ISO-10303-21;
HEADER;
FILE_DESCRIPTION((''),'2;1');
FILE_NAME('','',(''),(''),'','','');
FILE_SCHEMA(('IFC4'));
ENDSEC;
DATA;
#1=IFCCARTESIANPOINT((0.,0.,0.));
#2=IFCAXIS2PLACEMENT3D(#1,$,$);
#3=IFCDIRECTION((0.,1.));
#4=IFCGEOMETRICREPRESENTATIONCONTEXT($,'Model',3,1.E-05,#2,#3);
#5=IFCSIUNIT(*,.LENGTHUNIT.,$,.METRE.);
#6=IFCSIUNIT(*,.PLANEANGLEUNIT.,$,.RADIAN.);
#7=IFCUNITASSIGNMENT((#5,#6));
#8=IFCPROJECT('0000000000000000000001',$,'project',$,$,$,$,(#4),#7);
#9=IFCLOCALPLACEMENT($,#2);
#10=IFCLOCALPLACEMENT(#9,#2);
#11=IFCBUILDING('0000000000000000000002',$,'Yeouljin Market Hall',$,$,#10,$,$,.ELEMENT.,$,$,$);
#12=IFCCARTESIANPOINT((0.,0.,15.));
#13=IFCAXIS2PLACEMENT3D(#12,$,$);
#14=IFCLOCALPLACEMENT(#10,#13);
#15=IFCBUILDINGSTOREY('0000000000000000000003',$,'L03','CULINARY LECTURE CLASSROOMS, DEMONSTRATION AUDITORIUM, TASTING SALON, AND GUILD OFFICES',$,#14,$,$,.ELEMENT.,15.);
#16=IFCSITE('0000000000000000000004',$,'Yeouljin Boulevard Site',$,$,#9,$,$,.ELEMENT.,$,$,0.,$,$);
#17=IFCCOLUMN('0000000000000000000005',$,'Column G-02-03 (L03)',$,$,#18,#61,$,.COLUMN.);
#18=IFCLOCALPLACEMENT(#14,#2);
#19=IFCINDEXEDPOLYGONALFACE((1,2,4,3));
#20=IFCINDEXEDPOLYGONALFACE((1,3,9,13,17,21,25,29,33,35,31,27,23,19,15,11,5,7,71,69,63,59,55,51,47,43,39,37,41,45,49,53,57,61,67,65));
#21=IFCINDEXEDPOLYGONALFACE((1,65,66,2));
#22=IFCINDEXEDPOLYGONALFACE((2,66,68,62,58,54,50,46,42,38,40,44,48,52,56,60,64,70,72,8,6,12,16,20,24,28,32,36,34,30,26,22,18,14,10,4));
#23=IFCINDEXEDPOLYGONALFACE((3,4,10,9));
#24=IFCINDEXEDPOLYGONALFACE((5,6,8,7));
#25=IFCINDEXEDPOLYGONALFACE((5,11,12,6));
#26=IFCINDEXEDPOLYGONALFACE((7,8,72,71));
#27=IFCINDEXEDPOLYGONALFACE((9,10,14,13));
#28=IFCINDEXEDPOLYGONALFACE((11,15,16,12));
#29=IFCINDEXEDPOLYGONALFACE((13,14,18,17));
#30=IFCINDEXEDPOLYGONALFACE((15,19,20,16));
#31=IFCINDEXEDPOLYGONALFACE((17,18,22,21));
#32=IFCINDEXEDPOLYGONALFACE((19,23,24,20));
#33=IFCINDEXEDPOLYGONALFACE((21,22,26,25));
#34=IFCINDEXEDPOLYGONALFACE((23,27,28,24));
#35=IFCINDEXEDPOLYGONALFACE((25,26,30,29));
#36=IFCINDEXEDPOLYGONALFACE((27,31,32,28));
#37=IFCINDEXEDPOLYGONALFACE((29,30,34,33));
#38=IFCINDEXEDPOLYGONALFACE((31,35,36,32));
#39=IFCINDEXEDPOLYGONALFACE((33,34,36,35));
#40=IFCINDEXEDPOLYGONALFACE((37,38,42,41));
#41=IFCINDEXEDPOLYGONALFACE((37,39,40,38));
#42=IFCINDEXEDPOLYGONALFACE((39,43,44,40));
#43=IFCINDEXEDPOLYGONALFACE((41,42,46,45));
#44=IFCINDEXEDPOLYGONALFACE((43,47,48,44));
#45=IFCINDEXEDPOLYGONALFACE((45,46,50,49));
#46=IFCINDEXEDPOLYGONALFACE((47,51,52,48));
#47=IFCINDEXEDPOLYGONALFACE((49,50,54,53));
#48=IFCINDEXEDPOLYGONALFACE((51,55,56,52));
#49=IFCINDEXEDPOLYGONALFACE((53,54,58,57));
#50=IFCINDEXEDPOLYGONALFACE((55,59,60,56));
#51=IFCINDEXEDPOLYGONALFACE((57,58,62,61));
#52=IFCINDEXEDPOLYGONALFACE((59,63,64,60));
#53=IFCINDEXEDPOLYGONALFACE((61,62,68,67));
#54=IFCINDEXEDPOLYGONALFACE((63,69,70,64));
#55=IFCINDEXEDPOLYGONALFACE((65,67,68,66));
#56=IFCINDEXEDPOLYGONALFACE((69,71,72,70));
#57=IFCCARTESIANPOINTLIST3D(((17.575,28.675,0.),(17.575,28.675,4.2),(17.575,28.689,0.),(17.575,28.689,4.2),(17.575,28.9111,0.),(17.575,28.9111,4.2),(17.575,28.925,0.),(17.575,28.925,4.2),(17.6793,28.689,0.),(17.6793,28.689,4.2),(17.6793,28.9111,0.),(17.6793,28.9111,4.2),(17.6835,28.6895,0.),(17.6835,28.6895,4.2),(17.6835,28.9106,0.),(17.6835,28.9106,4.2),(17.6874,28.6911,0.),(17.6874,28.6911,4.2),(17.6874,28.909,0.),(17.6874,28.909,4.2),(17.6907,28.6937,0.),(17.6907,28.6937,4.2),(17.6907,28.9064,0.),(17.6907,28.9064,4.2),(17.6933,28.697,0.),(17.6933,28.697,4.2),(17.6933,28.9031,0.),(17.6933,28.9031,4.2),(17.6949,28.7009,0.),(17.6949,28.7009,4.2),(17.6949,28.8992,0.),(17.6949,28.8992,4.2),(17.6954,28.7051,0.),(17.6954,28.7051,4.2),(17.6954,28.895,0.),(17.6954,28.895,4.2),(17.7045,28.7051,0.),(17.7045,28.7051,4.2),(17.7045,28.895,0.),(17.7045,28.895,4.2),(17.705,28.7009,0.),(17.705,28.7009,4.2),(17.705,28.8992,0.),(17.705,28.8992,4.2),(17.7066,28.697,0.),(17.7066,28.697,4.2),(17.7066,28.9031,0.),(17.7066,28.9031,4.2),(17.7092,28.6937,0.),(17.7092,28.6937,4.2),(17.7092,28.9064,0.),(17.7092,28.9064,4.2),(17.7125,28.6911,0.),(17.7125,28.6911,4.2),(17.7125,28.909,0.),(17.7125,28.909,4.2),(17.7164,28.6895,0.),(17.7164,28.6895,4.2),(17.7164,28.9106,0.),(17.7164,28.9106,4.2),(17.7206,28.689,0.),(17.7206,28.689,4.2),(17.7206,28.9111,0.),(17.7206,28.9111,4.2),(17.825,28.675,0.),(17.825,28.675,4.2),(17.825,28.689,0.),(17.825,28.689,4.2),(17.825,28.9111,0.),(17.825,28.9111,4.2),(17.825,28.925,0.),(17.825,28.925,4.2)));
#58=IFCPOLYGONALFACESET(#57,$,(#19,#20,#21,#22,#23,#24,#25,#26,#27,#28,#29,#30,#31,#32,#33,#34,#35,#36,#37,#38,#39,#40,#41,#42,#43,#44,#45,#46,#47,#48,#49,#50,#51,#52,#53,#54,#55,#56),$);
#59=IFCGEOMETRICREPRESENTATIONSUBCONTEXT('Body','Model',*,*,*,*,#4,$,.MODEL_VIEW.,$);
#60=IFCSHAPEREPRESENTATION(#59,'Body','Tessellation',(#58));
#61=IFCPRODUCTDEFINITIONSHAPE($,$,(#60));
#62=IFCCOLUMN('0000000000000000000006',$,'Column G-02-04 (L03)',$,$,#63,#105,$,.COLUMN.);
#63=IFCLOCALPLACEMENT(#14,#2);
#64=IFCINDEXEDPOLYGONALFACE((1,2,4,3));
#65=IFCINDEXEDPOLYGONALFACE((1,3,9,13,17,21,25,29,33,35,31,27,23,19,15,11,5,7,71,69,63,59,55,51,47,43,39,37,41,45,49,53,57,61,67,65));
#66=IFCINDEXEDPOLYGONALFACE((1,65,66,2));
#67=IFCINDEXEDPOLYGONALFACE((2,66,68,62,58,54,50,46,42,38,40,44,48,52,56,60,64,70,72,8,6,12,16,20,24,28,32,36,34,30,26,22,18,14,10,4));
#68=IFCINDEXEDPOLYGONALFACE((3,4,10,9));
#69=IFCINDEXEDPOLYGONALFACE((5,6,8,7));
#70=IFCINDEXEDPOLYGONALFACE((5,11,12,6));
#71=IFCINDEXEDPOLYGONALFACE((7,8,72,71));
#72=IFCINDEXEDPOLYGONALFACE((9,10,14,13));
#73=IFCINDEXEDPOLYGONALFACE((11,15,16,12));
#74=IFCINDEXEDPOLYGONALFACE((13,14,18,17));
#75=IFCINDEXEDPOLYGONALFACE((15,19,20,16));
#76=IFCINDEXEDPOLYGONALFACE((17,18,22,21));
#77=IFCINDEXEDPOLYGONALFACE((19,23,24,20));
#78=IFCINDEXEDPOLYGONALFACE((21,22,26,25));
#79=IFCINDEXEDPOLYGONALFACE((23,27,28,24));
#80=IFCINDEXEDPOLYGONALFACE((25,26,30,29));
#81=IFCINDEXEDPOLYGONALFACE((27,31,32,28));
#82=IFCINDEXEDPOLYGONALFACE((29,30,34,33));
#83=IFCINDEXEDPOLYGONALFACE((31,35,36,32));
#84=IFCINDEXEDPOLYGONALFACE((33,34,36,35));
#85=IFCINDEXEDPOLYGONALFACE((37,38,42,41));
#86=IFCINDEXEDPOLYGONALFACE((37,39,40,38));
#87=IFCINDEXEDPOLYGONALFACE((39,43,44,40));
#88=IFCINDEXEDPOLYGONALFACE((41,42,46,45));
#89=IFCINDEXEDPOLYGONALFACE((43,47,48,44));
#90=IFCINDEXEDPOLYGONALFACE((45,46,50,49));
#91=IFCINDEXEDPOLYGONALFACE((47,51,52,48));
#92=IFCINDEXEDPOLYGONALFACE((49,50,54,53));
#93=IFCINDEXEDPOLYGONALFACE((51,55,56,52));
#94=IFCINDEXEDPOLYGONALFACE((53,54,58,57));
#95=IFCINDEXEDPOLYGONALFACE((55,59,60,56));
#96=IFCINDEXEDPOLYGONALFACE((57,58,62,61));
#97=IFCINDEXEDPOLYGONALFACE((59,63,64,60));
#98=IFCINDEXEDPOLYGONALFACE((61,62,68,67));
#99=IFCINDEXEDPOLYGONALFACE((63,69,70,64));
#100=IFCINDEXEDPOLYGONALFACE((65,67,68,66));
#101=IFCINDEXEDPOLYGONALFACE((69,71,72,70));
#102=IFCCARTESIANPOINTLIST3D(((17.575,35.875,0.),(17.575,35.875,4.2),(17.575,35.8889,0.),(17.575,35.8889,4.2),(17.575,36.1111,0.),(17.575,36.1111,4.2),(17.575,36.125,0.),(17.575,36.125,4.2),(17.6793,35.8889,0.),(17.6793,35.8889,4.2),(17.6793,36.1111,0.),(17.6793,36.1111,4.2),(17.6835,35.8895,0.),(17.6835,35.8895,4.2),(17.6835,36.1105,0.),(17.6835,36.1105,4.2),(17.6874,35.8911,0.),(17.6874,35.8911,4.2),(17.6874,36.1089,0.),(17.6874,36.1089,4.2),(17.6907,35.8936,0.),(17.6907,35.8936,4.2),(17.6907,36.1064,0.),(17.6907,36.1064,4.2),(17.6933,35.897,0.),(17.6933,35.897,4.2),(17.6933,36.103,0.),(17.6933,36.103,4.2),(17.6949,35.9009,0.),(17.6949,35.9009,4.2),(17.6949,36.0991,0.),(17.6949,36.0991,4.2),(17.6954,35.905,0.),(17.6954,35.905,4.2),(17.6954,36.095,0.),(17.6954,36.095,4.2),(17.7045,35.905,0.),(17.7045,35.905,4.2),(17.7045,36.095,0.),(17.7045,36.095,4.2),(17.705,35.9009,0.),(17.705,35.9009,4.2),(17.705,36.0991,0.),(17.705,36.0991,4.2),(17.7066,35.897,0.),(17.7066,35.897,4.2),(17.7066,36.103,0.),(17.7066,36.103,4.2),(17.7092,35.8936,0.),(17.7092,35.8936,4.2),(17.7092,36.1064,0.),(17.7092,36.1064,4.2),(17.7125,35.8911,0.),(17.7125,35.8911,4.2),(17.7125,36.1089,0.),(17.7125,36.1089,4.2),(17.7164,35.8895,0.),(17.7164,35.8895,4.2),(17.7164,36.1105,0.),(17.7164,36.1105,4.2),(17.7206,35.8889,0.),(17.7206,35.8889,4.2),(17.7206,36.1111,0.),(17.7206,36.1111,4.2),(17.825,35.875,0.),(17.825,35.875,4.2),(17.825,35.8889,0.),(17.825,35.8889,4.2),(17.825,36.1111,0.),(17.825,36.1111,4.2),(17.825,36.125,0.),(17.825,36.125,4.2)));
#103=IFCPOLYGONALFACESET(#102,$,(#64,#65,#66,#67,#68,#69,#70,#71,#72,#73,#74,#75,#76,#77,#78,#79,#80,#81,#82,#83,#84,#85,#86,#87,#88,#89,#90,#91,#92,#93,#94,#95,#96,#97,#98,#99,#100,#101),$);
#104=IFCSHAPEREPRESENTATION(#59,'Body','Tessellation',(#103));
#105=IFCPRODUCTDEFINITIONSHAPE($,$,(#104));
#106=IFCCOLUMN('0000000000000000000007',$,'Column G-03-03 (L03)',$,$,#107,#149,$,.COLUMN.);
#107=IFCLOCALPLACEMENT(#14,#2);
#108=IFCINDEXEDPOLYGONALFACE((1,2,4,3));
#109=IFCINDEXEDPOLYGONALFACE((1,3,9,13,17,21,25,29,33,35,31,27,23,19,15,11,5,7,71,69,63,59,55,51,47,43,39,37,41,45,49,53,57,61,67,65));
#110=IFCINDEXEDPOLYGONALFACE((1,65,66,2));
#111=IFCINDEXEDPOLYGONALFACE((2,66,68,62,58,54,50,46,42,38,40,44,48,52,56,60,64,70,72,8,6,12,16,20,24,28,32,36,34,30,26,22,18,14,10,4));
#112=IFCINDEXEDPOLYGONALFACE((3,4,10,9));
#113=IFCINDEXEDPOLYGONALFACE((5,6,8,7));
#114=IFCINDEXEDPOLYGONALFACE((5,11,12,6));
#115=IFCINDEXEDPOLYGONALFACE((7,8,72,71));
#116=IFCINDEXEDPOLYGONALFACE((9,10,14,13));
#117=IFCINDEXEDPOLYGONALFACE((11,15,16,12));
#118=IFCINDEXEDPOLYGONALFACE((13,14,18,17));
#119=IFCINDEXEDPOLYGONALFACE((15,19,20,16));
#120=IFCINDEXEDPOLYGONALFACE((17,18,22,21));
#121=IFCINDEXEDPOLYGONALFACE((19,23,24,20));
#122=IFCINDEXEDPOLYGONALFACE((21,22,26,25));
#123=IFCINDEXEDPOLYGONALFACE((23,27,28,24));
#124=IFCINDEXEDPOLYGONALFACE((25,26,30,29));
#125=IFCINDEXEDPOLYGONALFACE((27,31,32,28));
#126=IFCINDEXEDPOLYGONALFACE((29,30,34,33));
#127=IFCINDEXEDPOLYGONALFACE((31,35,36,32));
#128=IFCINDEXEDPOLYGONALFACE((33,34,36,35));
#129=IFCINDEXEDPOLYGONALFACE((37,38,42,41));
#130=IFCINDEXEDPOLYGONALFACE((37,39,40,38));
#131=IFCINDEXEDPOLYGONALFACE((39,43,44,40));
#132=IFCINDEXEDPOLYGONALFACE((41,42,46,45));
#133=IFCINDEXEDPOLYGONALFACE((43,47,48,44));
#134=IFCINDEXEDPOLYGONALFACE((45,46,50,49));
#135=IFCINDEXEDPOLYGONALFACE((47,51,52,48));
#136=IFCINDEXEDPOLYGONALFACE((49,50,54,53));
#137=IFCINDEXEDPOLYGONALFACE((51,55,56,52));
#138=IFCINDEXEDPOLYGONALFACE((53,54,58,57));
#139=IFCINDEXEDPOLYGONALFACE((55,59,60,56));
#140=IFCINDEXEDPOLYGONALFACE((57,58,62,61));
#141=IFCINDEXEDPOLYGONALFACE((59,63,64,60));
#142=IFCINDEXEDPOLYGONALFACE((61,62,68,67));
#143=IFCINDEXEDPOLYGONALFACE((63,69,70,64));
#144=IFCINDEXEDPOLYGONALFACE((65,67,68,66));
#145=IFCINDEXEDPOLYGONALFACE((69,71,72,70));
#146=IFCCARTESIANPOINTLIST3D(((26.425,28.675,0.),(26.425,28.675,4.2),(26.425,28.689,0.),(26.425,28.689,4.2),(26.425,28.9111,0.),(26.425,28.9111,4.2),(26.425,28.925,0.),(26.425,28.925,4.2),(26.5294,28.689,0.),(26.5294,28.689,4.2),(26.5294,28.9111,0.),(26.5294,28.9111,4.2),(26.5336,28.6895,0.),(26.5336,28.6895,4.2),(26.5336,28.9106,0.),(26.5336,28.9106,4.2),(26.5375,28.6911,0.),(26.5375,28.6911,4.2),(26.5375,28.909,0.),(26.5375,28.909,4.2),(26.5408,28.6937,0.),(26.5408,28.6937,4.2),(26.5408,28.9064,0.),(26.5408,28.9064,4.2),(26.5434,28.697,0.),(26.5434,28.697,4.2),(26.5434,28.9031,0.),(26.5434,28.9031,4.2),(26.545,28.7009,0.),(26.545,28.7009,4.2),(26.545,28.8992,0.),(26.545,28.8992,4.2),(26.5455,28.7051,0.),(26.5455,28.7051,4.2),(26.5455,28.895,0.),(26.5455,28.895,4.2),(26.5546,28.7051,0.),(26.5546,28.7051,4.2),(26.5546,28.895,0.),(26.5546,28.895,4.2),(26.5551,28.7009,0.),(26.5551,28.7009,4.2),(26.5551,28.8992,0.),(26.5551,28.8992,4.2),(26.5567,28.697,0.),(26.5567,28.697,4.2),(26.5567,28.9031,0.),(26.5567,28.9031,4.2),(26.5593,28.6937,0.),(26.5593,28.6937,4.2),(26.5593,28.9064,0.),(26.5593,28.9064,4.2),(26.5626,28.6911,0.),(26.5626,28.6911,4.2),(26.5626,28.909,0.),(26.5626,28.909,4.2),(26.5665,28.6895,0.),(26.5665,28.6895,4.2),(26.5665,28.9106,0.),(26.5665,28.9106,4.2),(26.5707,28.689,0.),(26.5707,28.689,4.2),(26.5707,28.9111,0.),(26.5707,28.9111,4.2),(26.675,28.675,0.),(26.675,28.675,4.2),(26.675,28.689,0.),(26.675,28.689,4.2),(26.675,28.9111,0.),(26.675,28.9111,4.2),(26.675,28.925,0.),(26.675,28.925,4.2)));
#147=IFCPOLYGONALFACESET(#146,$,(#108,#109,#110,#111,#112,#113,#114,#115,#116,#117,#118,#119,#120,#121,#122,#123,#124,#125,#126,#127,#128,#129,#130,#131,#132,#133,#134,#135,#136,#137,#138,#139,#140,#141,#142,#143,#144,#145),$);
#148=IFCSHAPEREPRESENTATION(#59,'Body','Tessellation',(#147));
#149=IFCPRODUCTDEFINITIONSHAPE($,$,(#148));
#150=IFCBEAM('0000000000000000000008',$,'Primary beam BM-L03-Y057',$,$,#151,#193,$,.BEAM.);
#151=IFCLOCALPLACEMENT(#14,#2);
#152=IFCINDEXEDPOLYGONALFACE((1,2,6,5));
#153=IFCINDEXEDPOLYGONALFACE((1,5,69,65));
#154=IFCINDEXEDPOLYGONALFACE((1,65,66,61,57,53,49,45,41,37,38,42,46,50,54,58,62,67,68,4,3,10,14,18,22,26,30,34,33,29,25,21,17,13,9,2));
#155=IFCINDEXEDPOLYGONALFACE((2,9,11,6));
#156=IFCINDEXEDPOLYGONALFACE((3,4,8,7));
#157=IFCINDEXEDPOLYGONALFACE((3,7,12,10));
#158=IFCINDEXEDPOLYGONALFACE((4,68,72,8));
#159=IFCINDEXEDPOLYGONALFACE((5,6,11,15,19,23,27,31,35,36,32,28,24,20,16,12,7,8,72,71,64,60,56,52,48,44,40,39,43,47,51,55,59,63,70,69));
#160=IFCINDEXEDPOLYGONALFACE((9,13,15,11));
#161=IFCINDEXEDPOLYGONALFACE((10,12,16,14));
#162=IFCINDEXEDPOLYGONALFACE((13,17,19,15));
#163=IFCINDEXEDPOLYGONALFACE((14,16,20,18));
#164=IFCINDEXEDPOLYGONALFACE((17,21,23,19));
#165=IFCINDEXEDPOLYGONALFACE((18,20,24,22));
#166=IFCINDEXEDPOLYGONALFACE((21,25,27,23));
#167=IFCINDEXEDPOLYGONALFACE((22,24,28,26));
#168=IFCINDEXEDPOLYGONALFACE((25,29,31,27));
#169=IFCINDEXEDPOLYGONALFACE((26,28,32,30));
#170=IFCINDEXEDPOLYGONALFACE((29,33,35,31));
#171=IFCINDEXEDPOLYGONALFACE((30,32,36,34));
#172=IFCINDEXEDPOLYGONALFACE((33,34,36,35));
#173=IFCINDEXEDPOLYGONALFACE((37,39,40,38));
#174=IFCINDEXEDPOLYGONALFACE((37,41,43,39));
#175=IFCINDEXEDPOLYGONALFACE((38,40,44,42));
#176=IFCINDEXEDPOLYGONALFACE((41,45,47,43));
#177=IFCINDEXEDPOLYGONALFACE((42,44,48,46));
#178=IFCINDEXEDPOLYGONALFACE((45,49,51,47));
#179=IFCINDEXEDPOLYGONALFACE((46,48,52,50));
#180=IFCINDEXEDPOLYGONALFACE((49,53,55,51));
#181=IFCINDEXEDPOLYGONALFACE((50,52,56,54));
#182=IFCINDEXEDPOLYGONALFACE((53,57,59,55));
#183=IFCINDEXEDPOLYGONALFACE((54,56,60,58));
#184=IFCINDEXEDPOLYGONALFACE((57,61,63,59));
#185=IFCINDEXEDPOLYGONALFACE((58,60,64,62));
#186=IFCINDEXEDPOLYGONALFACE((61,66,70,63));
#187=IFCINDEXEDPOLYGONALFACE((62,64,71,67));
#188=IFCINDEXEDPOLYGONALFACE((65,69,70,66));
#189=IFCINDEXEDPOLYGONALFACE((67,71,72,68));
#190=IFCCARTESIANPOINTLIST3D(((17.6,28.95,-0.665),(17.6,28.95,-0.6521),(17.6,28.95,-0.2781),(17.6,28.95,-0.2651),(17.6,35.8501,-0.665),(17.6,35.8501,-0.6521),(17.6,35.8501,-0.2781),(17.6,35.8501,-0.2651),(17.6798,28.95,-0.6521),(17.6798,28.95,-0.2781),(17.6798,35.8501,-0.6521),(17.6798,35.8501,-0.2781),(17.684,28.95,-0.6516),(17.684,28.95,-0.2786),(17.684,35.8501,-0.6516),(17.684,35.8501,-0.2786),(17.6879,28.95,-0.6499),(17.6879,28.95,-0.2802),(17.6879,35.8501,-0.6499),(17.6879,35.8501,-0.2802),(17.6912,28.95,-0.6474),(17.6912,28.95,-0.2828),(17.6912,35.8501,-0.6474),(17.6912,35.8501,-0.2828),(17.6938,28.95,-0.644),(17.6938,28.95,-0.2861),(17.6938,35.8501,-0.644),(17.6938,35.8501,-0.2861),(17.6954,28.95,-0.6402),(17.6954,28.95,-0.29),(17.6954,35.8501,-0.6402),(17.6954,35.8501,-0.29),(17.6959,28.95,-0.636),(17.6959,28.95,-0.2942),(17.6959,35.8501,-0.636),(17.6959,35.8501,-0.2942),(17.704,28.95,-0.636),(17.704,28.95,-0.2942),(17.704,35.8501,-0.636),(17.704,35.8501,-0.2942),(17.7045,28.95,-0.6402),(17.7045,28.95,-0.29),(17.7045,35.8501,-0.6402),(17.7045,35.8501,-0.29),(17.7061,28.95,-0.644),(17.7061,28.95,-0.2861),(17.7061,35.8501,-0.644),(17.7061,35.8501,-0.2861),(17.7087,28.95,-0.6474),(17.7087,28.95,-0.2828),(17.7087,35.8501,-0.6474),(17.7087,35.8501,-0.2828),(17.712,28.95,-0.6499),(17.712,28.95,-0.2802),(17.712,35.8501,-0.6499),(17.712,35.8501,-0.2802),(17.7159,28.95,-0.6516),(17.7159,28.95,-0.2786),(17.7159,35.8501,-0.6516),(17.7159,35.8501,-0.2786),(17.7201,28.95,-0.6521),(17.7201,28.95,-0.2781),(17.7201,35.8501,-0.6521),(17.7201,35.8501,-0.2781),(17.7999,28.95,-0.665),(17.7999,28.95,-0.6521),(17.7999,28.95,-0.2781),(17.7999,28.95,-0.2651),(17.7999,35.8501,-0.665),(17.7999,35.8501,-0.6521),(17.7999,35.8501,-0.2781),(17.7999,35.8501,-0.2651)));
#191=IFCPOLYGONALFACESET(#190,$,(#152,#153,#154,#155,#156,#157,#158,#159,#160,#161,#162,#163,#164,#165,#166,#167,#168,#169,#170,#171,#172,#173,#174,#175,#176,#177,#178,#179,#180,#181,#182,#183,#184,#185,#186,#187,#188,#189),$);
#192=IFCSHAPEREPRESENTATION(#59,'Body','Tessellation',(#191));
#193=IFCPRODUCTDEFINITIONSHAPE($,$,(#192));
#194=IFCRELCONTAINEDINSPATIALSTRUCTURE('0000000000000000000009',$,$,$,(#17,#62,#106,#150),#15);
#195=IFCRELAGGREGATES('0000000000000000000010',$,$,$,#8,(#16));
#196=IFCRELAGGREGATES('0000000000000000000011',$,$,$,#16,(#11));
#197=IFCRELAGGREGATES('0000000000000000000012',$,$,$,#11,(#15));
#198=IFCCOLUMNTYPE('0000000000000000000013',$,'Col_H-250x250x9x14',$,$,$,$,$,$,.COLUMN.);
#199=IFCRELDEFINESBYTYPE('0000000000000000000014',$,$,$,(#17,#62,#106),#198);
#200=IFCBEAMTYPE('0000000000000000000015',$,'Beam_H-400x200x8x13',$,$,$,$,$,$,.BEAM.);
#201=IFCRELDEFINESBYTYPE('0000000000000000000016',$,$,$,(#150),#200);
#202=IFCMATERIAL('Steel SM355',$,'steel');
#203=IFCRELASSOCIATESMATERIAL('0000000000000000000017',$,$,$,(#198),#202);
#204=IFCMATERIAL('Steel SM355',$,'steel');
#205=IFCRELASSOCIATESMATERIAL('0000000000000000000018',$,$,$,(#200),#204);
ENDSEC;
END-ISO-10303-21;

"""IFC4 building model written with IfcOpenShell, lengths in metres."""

from ifc_helpers import new_model, si_unit, direction, frame, origin, origin_2d, place, context, subcontext, project, spatial, i_section, extrude, material, material_profile, profile_set, type_object, element, save


model = new_model("IFC4")

# Units and contexts
model_context = context("Model", 3, precision=1e-05, world=origin(), true_north=direction((0.0, 1.0)))
body_context = subcontext(model_context, "Body", "Model", "MODEL_VIEW")
ifc_project = project(units=[si_unit("LENGTHUNIT", "METRE"), si_unit("PLANEANGLEUNIT", "RADIAN")], contexts=[model_context])

# Site, building, storey
site_placement = place(None, origin())
site = spatial("IfcSite", under=ifc_project, at=site_placement, Name="Yeouljin Boulevard Site", CompositionType="ELEMENT", RefElevation=0.0)
building_placement = place(site_placement, origin())
building = spatial("IfcBuilding", under=site, at=building_placement, Name="Yeouljin Market Hall", CompositionType="ELEMENT")
storey_placement = place(building_placement, frame((0.0, 0.0, 15.0)))
storey = spatial("IfcBuildingStorey", under=building, at=storey_placement, Name="L03", Description="CULINARY LECTURE CLASSROOMS, DEMONSTRATION AUDITORIUM, TASTING SALON, AND GUILD OFFICES", CompositionType="ELEMENT", Elevation=15.0)

# Columns
ifc_material_1 = material(Name="Steel SM355", Category="steel")
ifc_material_profile_1 = material_profile(ifc_material_1, i_section(OverallWidth=0.25, OverallDepth=0.25, WebThickness=0.009, FlangeThickness=0.0139, FilletRadius=0.0161, at=origin_2d()), Name="H-250x250x9x14")
ifc_profile_set_1 = profile_set([ifc_material_profile_1], Name="Steel SM355")
column_type = type_object("IfcColumnType", Name="Col_H-250x250x9x14", PredefinedType="COLUMN", material=ifc_profile_set_1)
for number, where, z_axis, x_axis, name in (
    (1, (17.7, 28.8, 0.0), (0.0, 0.0, 1.0), (1.0, 0.0, 0.0), "Column G-02-03 (L03)"),
    (2, (17.7, 36.0, 0.0), (0.0, 0.0, 1.0), (1.0, 0.0, 0.0), "Column G-02-04 (L03)"),
    (3, (26.55, 28.8, 0.0), (0.0, 0.0, 1.0), (1.0, 0.0, 0.0), "Column G-03-03 (L03)"),
):
    element("IfcColumn", number, at=place(storey_placement, frame(where, z_axis=z_axis, x_axis=x_axis)), inside=storey, type_object=column_type, Name=name, PredefinedType="COLUMN", context=body_context, shape_type="SweptSolid", body=[
        extrude(i_section(OverallWidth=0.25, OverallDepth=0.25, WebThickness=0.009, FlangeThickness=0.0139, FilletRadius=0.0161, at=origin_2d()), origin(), (0.0, 0.0, 1.0), 4.2),
    ])

# Beam
ifc_material_2 = material(Name="Steel SM355", Category="steel")
ifc_material_profile_2 = material_profile(ifc_material_2, i_section(OverallWidth=0.2, OverallDepth=0.3999, WebThickness=0.0081, FlangeThickness=0.0129, FilletRadius=0.0161, at=origin_2d()), Name="H-400x200x8x13")
ifc_profile_set_2 = profile_set([ifc_material_profile_2], Name="Steel SM355")
beam_type_1 = type_object("IfcBeamType", Name="Beam_H-400x200x8x13", PredefinedType="BEAM", material=ifc_profile_set_2)
beam_1_placement = place(storey_placement, frame((17.7, 28.95, -0.4651), z_axis=(0.0, 1.0, 0.0), x_axis=(-1.0, 0.0, 0.0)))
element("IfcBeam", 4, at=beam_1_placement, inside=storey, type_object=beam_type_1, Name="Primary beam BM-L03-Y057", PredefinedType="BEAM", context=body_context, shape_type="SweptSolid", body=[
    extrude(i_section(OverallWidth=0.2, OverallDepth=0.3999, WebThickness=0.0081, FlangeThickness=0.0129, FilletRadius=0.0161, at=origin_2d()), origin(), (0.0, 0.0, 1.0), 6.9001),
])

save(model, "model.ifc")
